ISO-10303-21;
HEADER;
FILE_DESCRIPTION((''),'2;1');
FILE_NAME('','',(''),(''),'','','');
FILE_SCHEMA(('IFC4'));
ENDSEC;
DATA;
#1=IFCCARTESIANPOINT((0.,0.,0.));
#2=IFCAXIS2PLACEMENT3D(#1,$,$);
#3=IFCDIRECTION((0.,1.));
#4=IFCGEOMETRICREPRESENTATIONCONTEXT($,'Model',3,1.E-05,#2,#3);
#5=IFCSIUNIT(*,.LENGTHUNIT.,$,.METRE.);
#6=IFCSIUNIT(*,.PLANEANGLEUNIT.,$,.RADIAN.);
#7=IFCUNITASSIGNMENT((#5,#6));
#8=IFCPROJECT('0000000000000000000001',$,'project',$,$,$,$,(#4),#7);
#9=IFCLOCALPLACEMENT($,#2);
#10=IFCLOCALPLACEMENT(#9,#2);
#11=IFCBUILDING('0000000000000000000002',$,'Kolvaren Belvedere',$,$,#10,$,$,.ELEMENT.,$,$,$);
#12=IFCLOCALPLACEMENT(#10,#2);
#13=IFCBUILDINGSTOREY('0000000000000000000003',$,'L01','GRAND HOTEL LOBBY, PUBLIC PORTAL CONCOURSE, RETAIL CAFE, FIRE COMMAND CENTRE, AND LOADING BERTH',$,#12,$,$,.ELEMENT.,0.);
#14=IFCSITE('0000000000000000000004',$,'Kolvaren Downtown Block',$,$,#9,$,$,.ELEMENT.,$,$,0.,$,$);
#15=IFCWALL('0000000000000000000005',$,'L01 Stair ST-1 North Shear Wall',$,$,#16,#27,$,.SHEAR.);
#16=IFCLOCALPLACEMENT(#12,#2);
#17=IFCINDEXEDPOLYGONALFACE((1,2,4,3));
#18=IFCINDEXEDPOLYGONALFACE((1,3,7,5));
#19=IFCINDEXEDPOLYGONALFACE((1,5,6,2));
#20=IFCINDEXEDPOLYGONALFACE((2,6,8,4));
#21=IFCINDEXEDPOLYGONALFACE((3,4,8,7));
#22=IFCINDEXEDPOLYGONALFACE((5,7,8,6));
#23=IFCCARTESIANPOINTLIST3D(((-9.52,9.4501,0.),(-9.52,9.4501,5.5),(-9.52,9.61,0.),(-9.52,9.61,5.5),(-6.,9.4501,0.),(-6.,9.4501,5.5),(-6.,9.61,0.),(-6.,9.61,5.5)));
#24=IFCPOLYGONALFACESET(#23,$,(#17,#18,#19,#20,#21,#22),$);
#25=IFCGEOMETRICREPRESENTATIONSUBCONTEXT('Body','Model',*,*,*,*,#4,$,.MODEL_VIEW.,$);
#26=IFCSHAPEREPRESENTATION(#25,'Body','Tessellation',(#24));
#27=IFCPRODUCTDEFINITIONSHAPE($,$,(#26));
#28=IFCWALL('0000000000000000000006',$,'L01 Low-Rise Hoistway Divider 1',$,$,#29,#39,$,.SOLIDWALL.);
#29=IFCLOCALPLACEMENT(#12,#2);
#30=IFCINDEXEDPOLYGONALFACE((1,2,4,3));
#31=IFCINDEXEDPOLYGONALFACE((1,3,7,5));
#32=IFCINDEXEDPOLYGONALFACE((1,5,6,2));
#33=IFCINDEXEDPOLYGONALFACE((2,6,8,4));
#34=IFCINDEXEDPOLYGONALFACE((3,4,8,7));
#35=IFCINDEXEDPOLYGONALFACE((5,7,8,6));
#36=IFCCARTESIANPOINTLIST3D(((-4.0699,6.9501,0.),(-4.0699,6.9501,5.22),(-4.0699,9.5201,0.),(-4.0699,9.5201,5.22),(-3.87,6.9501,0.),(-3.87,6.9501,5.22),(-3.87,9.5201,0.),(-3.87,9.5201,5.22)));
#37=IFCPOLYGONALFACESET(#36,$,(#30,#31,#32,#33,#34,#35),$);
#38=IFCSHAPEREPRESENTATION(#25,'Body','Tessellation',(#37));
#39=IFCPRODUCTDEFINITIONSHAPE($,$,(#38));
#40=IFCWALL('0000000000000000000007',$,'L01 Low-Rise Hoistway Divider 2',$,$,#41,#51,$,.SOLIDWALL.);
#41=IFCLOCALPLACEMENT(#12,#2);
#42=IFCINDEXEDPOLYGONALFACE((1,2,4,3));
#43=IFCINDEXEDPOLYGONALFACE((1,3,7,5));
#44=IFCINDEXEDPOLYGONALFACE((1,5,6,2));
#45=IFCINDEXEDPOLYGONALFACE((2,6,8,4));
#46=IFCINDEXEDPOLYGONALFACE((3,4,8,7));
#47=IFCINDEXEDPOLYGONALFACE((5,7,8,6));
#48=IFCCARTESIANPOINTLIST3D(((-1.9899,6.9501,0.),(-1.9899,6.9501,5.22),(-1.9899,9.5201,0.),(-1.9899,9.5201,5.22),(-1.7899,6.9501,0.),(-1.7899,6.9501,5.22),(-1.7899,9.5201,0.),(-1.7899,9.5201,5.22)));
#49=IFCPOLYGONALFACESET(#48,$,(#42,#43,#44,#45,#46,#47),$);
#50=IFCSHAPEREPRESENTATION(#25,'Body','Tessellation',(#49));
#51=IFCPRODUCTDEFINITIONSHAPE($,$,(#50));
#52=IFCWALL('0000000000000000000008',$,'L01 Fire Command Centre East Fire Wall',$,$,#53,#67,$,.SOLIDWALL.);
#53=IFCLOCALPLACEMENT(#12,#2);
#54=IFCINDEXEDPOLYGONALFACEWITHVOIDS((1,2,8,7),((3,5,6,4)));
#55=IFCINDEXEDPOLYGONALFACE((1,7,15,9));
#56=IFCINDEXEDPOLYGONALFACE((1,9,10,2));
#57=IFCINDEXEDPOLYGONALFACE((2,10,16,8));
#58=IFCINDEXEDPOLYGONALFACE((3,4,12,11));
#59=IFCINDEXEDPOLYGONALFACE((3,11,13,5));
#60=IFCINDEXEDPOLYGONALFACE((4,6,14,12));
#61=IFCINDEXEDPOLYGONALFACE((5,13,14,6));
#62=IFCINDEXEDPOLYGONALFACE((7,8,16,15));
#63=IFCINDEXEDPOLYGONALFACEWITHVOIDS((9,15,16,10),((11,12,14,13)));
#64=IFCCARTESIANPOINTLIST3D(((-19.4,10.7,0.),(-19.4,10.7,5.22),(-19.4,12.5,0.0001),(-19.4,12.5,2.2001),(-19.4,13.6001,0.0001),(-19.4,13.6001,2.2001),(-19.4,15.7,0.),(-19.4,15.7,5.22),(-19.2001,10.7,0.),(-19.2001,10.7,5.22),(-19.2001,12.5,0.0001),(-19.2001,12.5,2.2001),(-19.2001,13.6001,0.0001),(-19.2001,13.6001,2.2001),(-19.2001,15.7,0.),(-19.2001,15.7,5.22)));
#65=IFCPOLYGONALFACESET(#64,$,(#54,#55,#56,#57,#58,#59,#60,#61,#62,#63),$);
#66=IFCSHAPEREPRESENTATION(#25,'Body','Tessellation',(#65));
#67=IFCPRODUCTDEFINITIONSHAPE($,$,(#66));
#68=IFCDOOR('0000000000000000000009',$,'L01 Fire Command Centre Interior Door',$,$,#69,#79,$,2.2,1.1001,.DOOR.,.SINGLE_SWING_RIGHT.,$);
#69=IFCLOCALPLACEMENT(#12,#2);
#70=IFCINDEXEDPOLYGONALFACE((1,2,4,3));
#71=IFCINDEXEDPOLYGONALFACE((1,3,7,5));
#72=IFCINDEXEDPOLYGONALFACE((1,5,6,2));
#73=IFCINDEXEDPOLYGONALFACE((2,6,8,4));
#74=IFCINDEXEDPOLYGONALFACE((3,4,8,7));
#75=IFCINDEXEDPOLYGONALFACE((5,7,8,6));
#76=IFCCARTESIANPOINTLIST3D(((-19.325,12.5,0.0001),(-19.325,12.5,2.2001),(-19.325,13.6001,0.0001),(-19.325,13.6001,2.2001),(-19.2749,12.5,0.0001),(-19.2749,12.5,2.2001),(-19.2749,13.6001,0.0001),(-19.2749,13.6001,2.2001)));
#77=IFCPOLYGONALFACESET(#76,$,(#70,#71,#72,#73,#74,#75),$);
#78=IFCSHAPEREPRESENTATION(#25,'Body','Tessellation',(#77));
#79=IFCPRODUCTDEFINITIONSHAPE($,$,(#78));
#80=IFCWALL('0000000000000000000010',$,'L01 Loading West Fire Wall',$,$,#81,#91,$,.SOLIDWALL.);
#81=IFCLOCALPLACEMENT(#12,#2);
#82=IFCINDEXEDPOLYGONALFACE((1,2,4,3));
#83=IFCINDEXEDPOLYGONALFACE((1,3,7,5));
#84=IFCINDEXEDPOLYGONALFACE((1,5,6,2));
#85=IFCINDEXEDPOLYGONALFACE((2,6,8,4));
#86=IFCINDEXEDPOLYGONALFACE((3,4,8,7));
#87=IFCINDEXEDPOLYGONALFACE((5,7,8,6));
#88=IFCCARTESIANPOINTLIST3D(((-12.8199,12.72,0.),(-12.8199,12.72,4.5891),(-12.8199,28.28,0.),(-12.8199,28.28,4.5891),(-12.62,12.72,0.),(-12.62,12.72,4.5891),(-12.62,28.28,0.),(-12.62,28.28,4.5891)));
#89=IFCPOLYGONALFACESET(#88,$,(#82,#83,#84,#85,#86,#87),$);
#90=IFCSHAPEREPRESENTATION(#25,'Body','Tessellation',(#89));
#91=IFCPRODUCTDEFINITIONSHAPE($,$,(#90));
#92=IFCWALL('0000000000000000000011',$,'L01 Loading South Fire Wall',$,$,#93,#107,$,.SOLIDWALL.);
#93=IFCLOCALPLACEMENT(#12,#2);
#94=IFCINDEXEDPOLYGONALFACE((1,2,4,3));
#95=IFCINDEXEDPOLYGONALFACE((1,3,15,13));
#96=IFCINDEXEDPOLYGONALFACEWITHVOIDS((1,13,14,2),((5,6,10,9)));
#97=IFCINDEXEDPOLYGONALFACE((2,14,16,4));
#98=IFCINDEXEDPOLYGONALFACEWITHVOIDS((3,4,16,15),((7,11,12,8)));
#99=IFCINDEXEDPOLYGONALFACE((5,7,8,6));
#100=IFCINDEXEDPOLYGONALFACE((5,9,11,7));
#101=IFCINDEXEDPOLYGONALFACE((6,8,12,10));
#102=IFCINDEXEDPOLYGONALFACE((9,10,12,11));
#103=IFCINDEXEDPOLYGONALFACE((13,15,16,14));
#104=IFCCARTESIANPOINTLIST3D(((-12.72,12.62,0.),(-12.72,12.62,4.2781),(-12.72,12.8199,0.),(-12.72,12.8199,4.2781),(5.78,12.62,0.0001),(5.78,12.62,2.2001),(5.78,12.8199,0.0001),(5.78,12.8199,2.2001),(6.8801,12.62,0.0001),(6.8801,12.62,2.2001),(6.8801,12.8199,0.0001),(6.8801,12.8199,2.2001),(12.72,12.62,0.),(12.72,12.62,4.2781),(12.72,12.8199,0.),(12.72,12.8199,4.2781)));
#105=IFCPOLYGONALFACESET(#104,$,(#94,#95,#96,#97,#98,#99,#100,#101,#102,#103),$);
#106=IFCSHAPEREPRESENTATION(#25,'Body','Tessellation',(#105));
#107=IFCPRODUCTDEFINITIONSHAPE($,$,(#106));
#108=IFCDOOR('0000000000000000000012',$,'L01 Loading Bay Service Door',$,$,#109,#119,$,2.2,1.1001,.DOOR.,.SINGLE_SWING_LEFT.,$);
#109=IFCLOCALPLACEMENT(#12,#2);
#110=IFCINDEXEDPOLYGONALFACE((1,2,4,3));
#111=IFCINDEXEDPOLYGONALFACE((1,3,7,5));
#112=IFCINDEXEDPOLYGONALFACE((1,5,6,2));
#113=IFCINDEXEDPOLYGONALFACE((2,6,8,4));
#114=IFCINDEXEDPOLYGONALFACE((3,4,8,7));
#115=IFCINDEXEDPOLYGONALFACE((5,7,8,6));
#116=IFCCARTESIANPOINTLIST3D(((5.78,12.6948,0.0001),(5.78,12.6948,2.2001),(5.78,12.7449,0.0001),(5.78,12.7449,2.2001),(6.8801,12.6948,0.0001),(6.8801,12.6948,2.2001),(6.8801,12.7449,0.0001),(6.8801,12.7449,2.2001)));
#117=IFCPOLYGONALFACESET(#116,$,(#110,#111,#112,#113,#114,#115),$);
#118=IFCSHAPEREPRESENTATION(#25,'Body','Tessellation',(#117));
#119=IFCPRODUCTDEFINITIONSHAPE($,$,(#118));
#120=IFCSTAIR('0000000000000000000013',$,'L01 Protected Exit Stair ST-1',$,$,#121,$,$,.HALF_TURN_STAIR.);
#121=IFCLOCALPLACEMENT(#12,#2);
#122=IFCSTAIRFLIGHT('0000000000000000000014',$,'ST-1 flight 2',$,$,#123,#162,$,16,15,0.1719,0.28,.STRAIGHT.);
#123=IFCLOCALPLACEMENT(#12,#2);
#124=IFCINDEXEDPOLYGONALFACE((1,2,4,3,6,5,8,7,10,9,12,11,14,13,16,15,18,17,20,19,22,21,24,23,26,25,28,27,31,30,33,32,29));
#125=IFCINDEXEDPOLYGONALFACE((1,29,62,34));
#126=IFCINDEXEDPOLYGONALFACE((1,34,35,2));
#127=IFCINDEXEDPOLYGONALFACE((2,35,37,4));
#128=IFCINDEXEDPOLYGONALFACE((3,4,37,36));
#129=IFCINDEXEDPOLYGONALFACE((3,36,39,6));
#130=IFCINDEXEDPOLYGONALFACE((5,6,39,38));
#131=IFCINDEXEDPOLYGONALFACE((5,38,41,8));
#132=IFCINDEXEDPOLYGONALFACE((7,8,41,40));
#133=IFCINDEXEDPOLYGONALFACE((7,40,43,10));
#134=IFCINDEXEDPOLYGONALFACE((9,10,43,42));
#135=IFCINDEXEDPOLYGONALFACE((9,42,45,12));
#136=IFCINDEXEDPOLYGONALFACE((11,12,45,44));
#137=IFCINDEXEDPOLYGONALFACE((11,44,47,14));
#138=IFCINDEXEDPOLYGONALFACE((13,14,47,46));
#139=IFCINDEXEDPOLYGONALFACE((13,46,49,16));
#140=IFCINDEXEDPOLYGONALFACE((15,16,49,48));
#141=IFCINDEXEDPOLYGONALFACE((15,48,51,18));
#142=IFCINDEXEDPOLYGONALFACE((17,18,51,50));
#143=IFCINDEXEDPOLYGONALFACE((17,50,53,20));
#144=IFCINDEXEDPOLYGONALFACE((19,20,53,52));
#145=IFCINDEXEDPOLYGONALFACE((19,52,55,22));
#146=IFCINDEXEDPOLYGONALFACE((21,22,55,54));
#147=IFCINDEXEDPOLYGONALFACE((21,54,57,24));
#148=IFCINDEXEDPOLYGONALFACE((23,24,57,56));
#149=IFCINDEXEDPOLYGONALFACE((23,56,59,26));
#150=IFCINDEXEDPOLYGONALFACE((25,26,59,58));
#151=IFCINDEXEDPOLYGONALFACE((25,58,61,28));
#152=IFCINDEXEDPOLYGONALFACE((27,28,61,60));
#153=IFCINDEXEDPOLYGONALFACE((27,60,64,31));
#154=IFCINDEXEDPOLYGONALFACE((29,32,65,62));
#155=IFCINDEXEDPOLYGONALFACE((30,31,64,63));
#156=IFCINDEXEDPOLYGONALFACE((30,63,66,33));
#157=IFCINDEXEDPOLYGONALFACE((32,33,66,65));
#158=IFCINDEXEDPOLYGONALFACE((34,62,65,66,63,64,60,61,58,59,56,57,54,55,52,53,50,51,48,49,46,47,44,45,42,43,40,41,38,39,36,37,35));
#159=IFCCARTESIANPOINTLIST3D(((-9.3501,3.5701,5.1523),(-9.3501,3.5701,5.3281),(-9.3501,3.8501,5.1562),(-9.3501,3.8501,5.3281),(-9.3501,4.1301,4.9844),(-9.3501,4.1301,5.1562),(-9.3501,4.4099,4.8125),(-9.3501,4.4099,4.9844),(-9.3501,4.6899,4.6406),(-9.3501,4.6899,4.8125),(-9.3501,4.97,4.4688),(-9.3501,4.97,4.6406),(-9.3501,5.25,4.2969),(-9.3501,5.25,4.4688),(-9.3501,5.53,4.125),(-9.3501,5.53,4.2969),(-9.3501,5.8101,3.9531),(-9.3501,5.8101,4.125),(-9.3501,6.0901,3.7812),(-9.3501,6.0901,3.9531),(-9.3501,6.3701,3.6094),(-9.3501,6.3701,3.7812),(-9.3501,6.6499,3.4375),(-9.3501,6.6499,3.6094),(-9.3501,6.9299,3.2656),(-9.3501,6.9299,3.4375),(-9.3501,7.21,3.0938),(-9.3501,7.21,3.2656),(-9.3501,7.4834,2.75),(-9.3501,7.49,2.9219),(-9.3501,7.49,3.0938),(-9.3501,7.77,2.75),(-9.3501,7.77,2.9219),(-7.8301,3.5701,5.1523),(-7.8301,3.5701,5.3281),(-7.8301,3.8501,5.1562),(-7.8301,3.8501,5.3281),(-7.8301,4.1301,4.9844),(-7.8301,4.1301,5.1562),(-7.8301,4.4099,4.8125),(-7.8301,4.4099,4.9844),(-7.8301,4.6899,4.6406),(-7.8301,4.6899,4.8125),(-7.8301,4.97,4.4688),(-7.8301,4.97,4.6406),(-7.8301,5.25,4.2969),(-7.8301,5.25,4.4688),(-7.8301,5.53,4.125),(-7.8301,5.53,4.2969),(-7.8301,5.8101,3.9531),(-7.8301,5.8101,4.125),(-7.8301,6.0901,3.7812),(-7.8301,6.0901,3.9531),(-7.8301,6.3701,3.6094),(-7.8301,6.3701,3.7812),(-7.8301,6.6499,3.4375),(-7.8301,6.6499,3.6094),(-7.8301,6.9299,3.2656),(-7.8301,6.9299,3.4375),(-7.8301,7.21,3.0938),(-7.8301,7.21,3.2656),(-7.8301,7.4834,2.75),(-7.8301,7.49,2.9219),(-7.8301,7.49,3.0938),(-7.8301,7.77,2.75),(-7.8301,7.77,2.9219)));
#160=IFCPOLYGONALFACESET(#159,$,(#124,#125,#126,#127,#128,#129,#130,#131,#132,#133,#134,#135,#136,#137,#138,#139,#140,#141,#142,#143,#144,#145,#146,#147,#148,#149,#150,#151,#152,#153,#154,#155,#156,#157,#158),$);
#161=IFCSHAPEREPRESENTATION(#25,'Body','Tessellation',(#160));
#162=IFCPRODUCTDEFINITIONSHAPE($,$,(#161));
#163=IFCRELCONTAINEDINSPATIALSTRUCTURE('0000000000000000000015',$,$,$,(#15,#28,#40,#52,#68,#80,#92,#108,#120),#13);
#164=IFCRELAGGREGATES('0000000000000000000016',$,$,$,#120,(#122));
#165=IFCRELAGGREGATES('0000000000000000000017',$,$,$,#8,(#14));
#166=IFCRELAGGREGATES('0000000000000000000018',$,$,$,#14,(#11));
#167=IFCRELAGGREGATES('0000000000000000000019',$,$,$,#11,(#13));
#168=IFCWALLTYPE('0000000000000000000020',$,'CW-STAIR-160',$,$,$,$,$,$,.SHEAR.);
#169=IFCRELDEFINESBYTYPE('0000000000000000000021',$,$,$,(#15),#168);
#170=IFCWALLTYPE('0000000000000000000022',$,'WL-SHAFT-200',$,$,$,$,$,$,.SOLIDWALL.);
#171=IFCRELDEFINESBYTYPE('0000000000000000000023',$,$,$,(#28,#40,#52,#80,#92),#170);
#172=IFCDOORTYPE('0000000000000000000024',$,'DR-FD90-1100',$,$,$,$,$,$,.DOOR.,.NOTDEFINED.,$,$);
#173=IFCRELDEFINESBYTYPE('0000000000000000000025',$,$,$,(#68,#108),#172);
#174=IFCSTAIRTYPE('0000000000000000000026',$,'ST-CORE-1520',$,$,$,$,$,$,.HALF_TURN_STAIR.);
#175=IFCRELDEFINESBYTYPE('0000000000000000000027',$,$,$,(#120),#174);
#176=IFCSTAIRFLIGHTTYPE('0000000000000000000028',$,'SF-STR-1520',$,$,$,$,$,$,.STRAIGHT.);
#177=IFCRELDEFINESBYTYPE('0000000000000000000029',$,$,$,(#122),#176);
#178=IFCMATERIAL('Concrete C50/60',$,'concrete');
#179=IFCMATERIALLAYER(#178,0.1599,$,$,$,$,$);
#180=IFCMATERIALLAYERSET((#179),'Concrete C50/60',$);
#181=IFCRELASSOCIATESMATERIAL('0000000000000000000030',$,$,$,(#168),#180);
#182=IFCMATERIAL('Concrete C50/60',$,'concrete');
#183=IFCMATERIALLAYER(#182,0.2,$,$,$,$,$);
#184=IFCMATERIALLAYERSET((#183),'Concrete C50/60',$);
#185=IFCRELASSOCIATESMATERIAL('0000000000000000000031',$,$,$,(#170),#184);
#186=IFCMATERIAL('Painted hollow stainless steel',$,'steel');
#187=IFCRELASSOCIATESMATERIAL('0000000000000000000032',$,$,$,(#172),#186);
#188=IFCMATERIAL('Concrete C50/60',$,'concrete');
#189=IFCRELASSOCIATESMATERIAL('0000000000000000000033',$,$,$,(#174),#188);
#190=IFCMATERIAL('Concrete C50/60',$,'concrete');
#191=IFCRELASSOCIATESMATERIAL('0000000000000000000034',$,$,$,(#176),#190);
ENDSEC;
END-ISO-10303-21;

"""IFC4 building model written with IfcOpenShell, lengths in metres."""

from ifc_helpers import new_model, si_unit, direction, frame, frame_2d, origin, place, context, subcontext, project, spatial, polyline, rectangle, outline, extrude, material, layer, layer_set, type_object, element, fill, aggregate, save


model = new_model("IFC4")

# Units and contexts
model_context = context("Model", 3, precision=1e-05, world=origin(), true_north=direction((0.0, 1.0)))
body_context = subcontext(model_context, "Body", "Model", "MODEL_VIEW")
ifc_project = project(units=[si_unit("LENGTHUNIT", "METRE"), si_unit("PLANEANGLEUNIT", "RADIAN")], contexts=[model_context])

# Site, building, storey
site_placement = place(None, origin())
site = spatial("IfcSite", under=ifc_project, at=site_placement, Name="Kolvaren Downtown Block", CompositionType="ELEMENT", RefElevation=0.0)
building_placement = place(site_placement, origin())
building = spatial("IfcBuilding", under=site, at=building_placement, Name="Kolvaren Belvedere", CompositionType="ELEMENT")
storey_placement = place(building_placement, origin())
storey = spatial("IfcBuildingStorey", under=building, at=storey_placement, Name="L01", Description="GRAND HOTEL LOBBY, PUBLIC PORTAL CONCOURSE, RETAIL CAFE, FIRE COMMAND CENTRE, AND LOADING BERTH", CompositionType="ELEMENT", Elevation=0.0)

# Walls
ifc_material_1 = material(Name="Concrete C50/60", Category="concrete")
ifc_layer_1 = layer(ifc_material_1, 0.1599)
ifc_layer_set_1 = layer_set([ifc_layer_1], Name="Concrete C50/60")
wall_type_1 = type_object("IfcWallType", Name="CW-STAIR-160", PredefinedType="SHEAR", material=ifc_layer_set_1)
wall_1_placement = place(storey_placement, frame((-9.52, 9.53, 0.0), z_axis=(0.0, 0.0, 1.0), x_axis=(1.0, 0.0, 0.0)))
element("IfcWall", 1, at=wall_1_placement, inside=storey, type_object=wall_type_1, Name="L01 Stair ST-1 North Shear Wall", PredefinedType="SHEAR", context=body_context, shape_type="SweptSolid", body=[
    extrude(rectangle(XDim=3.52, YDim=0.1599, at=frame_2d((1.76, 0.0))), origin(), (0.0, 0.0, 1.0), 5.5),
])
ifc_material_2 = material(Name="Concrete C50/60", Category="concrete")
ifc_layer_2 = layer(ifc_material_2, 0.2)
ifc_layer_set_2 = layer_set([ifc_layer_2], Name="Concrete C50/60")
wall_type_2 = type_object("IfcWallType", Name="WL-SHAFT-200", PredefinedType="SOLIDWALL", material=ifc_layer_set_2)
for number, where, z_axis, x_axis, name in (
    (2, (-3.97, 6.95, 0.0), (0.0, 0.0, 1.0), (0.0, 1.0, 0.0), "L01 Low-Rise Hoistway Divider 1"),
    (3, (-1.8899, 6.95, 0.0), (0.0, 0.0, 1.0), (0.0, 1.0, 0.0), "L01 Low-Rise Hoistway Divider 2"),
):
    element("IfcWall", number, at=place(storey_placement, frame(where, z_axis=z_axis, x_axis=x_axis)), inside=storey, type_object=wall_type_2, Name=name, PredefinedType="SOLIDWALL", context=body_context, shape_type="SweptSolid", body=[
        extrude(rectangle(XDim=2.5701, YDim=0.2, at=frame_2d((1.2852, 0.0))), origin(), (0.0, 0.0, 1.0), 5.22),
    ])

# Wall, opening, door
wall_2_placement = place(storey_placement, frame((-19.3, 10.7, 0.0), z_axis=(0.0, 0.0, 1.0), x_axis=(0.0, 1.0, 0.0)))
wall_2 = element("IfcWall", 4, at=wall_2_placement, inside=storey, type_object=wall_type_2, Name="L01 Fire Command Centre East Fire Wall", PredefinedType="SOLIDWALL", context=body_context, shape_type="SweptSolid", body=[
    extrude(rectangle(XDim=5.0, YDim=0.2, at=frame_2d((2.5, 0.0))), origin(), (0.0, 0.0, 1.0), 5.22),
])
opening_1_placement = place(wall_2_placement, frame((1.8, 0.0, 0.0)))
opening_1 = element("IfcOpeningElement", 5, at=opening_1_placement, cuts=wall_2, PredefinedType="OPENING", context=body_context, shape_type="SweptSolid", body=[
    extrude(rectangle(XDim=1.1001, YDim=2.2, at=frame_2d((0.55, 1.1001))), frame((0.0, 0.1099, 0.0), z_axis=(0.0, -1.0, 0.0), x_axis=(1.0, 0.0, 0.0)), (0.0, 0.0, 1.0), 0.22),
])
ifc_material_3 = material(Name="Painted hollow stainless steel", Category="steel")
door_type = type_object("IfcDoorType", Name="DR-FD90-1100", OperationType="NOTDEFINED", PredefinedType="DOOR", material=ifc_material_3)
door_1_placement = place(opening_1_placement, origin())
door_1 = element("IfcDoor", 6, at=door_1_placement, inside=storey, type_object=door_type, Name="L01 Fire Command Centre Interior Door", OperationType="SINGLE_SWING_RIGHT", OverallHeight=2.2, OverallWidth=1.1001, PredefinedType="DOOR", context=body_context, shape_type="SweptSolid", body=[
    extrude(rectangle(XDim=1.1001, YDim=2.2, at=frame_2d((0.55, 1.1001))), frame((0.0, 0.0249, 0.0), z_axis=(0.0, -1.0, 0.0), x_axis=(1.0, 0.0, 0.0)), (0.0, 0.0, 1.0), 0.05),
])
fill(opening_1, door_1)

# Wall
wall_3_placement = place(storey_placement, frame((-12.72, 12.72, 0.0), z_axis=(0.0, 0.0, 1.0), x_axis=(0.0, 1.0, 0.0)))
element("IfcWall", 7, at=wall_3_placement, inside=storey, type_object=wall_type_2, Name="L01 Loading West Fire Wall", PredefinedType="SOLIDWALL", context=body_context, shape_type="SweptSolid", body=[
    extrude(rectangle(XDim=15.5601, YDim=0.2, at=frame_2d((7.78, 0.0))), origin(), (0.0, 0.0, 1.0), 4.5891),
])

# Wall, opening, door
wall_4_placement = place(storey_placement, frame((-12.72, 12.72, 0.0), z_axis=(0.0, 0.0, 1.0), x_axis=(1.0, 0.0, 0.0)))
wall_4 = element("IfcWall", 8, at=wall_4_placement, inside=storey, type_object=wall_type_2, Name="L01 Loading South Fire Wall", PredefinedType="SOLIDWALL", context=body_context, shape_type="SweptSolid", body=[
    extrude(rectangle(XDim=25.4399, YDim=0.2, at=frame_2d((12.72, 0.0))), origin(), (0.0, 0.0, 1.0), 4.2781),
])
opening_2_placement = place(wall_4_placement, frame((18.5, 0.0, 0.0)))
opening_2 = element("IfcOpeningElement", 9, at=opening_2_placement, cuts=wall_4, PredefinedType="OPENING", context=body_context, shape_type="SweptSolid", body=[
    extrude(rectangle(XDim=1.1001, YDim=2.2, at=frame_2d((0.55, 1.1001))), frame((0.0, 0.1099, 0.0), z_axis=(0.0, -1.0, 0.0), x_axis=(1.0, 0.0, 0.0)), (0.0, 0.0, 1.0), 0.22),
])
door_2_placement = place(opening_2_placement, origin())
door_2 = element("IfcDoor", 10, at=door_2_placement, inside=storey, type_object=door_type, Name="L01 Loading Bay Service Door", OperationType="SINGLE_SWING_LEFT", OverallHeight=2.2, OverallWidth=1.1001, PredefinedType="DOOR", context=body_context, shape_type="SweptSolid", body=[
    extrude(rectangle(XDim=1.1001, YDim=2.2, at=frame_2d((0.55, 1.1001))), frame((0.0, 0.0249, 0.0), z_axis=(0.0, -1.0, 0.0), x_axis=(1.0, 0.0, 0.0)), (0.0, 0.0, 1.0), 0.05),
])
fill(opening_2, door_2)

# Stair, stair flight
ifc_material_4 = material(Name="Concrete C50/60", Category="concrete")
stair_type = type_object("IfcStairType", Name="ST-CORE-1520", PredefinedType="HALF_TURN_STAIR", material=ifc_material_4)
stair_placement = place(storey_placement, origin())
stair = element("IfcStair", 11, at=stair_placement, inside=storey, type_object=stair_type, Name="L01 Protected Exit Stair ST-1", PredefinedType="HALF_TURN_STAIR")
ifc_material_5 = material(Name="Concrete C50/60", Category="concrete")
stair_flight_type = type_object("IfcStairFlightType", Name="SF-STR-1520", PredefinedType="STRAIGHT", material=ifc_material_5)
stair_flight_placement = place(storey_placement, frame((-8.5901, 7.77, 2.75), z_axis=(0.0, 0.0, 1.0), x_axis=(0.0, -1.0, 0.0)))
stair_flight = element("IfcStairFlight", 12, at=stair_flight_placement, type_object=stair_flight_type, Name="ST-1 flight 2", NumberOfRisers=16, NumberOfTreads=15, PredefinedType="STRAIGHT", RiserHeight=0.1719, TreadLength=0.28, context=body_context, shape_type="SweptSolid", body=[
    extrude(outline(polyline([(0.0, 0.0), (0.0, 0.1719), (0.28, 0.1719), (0.28, 0.3438), (0.5601, 0.3438), (0.5601, 0.5156), (0.8401, 0.5156), (0.8401, 0.6875), (1.1201, 0.6875), (1.1201, 0.8594), (1.3999, 0.8594), (1.3999, 1.0312), (1.6799, 1.0312), (1.6799, 1.2031), (1.96, 1.2031), (1.96, 1.375), (2.24, 1.375), (2.24, 1.5469), (2.52, 1.5469), (2.52, 1.7188), (2.8, 1.7188), (2.8, 1.8906), (3.0801, 1.8906), (3.0801, 2.0625), (3.3601, 2.0625), (3.3601, 2.2344), (3.6399, 2.2344), (3.6399, 2.4062), (3.9199, 2.4062), (3.9199, 2.5781), (4.2, 2.5781), (4.2, 2.75), (4.2, 2.4023), (0.2866, 0.0), (0.0, 0.0)])), frame((0.0, 0.76, 0.0), z_axis=(0.0, -1.0, 0.0), x_axis=(1.0, 0.0, 0.0)), (0.0, 0.0, 1.0), 1.52),
])
aggregate(stair, [stair_flight])

save(model, "model.ifc")
